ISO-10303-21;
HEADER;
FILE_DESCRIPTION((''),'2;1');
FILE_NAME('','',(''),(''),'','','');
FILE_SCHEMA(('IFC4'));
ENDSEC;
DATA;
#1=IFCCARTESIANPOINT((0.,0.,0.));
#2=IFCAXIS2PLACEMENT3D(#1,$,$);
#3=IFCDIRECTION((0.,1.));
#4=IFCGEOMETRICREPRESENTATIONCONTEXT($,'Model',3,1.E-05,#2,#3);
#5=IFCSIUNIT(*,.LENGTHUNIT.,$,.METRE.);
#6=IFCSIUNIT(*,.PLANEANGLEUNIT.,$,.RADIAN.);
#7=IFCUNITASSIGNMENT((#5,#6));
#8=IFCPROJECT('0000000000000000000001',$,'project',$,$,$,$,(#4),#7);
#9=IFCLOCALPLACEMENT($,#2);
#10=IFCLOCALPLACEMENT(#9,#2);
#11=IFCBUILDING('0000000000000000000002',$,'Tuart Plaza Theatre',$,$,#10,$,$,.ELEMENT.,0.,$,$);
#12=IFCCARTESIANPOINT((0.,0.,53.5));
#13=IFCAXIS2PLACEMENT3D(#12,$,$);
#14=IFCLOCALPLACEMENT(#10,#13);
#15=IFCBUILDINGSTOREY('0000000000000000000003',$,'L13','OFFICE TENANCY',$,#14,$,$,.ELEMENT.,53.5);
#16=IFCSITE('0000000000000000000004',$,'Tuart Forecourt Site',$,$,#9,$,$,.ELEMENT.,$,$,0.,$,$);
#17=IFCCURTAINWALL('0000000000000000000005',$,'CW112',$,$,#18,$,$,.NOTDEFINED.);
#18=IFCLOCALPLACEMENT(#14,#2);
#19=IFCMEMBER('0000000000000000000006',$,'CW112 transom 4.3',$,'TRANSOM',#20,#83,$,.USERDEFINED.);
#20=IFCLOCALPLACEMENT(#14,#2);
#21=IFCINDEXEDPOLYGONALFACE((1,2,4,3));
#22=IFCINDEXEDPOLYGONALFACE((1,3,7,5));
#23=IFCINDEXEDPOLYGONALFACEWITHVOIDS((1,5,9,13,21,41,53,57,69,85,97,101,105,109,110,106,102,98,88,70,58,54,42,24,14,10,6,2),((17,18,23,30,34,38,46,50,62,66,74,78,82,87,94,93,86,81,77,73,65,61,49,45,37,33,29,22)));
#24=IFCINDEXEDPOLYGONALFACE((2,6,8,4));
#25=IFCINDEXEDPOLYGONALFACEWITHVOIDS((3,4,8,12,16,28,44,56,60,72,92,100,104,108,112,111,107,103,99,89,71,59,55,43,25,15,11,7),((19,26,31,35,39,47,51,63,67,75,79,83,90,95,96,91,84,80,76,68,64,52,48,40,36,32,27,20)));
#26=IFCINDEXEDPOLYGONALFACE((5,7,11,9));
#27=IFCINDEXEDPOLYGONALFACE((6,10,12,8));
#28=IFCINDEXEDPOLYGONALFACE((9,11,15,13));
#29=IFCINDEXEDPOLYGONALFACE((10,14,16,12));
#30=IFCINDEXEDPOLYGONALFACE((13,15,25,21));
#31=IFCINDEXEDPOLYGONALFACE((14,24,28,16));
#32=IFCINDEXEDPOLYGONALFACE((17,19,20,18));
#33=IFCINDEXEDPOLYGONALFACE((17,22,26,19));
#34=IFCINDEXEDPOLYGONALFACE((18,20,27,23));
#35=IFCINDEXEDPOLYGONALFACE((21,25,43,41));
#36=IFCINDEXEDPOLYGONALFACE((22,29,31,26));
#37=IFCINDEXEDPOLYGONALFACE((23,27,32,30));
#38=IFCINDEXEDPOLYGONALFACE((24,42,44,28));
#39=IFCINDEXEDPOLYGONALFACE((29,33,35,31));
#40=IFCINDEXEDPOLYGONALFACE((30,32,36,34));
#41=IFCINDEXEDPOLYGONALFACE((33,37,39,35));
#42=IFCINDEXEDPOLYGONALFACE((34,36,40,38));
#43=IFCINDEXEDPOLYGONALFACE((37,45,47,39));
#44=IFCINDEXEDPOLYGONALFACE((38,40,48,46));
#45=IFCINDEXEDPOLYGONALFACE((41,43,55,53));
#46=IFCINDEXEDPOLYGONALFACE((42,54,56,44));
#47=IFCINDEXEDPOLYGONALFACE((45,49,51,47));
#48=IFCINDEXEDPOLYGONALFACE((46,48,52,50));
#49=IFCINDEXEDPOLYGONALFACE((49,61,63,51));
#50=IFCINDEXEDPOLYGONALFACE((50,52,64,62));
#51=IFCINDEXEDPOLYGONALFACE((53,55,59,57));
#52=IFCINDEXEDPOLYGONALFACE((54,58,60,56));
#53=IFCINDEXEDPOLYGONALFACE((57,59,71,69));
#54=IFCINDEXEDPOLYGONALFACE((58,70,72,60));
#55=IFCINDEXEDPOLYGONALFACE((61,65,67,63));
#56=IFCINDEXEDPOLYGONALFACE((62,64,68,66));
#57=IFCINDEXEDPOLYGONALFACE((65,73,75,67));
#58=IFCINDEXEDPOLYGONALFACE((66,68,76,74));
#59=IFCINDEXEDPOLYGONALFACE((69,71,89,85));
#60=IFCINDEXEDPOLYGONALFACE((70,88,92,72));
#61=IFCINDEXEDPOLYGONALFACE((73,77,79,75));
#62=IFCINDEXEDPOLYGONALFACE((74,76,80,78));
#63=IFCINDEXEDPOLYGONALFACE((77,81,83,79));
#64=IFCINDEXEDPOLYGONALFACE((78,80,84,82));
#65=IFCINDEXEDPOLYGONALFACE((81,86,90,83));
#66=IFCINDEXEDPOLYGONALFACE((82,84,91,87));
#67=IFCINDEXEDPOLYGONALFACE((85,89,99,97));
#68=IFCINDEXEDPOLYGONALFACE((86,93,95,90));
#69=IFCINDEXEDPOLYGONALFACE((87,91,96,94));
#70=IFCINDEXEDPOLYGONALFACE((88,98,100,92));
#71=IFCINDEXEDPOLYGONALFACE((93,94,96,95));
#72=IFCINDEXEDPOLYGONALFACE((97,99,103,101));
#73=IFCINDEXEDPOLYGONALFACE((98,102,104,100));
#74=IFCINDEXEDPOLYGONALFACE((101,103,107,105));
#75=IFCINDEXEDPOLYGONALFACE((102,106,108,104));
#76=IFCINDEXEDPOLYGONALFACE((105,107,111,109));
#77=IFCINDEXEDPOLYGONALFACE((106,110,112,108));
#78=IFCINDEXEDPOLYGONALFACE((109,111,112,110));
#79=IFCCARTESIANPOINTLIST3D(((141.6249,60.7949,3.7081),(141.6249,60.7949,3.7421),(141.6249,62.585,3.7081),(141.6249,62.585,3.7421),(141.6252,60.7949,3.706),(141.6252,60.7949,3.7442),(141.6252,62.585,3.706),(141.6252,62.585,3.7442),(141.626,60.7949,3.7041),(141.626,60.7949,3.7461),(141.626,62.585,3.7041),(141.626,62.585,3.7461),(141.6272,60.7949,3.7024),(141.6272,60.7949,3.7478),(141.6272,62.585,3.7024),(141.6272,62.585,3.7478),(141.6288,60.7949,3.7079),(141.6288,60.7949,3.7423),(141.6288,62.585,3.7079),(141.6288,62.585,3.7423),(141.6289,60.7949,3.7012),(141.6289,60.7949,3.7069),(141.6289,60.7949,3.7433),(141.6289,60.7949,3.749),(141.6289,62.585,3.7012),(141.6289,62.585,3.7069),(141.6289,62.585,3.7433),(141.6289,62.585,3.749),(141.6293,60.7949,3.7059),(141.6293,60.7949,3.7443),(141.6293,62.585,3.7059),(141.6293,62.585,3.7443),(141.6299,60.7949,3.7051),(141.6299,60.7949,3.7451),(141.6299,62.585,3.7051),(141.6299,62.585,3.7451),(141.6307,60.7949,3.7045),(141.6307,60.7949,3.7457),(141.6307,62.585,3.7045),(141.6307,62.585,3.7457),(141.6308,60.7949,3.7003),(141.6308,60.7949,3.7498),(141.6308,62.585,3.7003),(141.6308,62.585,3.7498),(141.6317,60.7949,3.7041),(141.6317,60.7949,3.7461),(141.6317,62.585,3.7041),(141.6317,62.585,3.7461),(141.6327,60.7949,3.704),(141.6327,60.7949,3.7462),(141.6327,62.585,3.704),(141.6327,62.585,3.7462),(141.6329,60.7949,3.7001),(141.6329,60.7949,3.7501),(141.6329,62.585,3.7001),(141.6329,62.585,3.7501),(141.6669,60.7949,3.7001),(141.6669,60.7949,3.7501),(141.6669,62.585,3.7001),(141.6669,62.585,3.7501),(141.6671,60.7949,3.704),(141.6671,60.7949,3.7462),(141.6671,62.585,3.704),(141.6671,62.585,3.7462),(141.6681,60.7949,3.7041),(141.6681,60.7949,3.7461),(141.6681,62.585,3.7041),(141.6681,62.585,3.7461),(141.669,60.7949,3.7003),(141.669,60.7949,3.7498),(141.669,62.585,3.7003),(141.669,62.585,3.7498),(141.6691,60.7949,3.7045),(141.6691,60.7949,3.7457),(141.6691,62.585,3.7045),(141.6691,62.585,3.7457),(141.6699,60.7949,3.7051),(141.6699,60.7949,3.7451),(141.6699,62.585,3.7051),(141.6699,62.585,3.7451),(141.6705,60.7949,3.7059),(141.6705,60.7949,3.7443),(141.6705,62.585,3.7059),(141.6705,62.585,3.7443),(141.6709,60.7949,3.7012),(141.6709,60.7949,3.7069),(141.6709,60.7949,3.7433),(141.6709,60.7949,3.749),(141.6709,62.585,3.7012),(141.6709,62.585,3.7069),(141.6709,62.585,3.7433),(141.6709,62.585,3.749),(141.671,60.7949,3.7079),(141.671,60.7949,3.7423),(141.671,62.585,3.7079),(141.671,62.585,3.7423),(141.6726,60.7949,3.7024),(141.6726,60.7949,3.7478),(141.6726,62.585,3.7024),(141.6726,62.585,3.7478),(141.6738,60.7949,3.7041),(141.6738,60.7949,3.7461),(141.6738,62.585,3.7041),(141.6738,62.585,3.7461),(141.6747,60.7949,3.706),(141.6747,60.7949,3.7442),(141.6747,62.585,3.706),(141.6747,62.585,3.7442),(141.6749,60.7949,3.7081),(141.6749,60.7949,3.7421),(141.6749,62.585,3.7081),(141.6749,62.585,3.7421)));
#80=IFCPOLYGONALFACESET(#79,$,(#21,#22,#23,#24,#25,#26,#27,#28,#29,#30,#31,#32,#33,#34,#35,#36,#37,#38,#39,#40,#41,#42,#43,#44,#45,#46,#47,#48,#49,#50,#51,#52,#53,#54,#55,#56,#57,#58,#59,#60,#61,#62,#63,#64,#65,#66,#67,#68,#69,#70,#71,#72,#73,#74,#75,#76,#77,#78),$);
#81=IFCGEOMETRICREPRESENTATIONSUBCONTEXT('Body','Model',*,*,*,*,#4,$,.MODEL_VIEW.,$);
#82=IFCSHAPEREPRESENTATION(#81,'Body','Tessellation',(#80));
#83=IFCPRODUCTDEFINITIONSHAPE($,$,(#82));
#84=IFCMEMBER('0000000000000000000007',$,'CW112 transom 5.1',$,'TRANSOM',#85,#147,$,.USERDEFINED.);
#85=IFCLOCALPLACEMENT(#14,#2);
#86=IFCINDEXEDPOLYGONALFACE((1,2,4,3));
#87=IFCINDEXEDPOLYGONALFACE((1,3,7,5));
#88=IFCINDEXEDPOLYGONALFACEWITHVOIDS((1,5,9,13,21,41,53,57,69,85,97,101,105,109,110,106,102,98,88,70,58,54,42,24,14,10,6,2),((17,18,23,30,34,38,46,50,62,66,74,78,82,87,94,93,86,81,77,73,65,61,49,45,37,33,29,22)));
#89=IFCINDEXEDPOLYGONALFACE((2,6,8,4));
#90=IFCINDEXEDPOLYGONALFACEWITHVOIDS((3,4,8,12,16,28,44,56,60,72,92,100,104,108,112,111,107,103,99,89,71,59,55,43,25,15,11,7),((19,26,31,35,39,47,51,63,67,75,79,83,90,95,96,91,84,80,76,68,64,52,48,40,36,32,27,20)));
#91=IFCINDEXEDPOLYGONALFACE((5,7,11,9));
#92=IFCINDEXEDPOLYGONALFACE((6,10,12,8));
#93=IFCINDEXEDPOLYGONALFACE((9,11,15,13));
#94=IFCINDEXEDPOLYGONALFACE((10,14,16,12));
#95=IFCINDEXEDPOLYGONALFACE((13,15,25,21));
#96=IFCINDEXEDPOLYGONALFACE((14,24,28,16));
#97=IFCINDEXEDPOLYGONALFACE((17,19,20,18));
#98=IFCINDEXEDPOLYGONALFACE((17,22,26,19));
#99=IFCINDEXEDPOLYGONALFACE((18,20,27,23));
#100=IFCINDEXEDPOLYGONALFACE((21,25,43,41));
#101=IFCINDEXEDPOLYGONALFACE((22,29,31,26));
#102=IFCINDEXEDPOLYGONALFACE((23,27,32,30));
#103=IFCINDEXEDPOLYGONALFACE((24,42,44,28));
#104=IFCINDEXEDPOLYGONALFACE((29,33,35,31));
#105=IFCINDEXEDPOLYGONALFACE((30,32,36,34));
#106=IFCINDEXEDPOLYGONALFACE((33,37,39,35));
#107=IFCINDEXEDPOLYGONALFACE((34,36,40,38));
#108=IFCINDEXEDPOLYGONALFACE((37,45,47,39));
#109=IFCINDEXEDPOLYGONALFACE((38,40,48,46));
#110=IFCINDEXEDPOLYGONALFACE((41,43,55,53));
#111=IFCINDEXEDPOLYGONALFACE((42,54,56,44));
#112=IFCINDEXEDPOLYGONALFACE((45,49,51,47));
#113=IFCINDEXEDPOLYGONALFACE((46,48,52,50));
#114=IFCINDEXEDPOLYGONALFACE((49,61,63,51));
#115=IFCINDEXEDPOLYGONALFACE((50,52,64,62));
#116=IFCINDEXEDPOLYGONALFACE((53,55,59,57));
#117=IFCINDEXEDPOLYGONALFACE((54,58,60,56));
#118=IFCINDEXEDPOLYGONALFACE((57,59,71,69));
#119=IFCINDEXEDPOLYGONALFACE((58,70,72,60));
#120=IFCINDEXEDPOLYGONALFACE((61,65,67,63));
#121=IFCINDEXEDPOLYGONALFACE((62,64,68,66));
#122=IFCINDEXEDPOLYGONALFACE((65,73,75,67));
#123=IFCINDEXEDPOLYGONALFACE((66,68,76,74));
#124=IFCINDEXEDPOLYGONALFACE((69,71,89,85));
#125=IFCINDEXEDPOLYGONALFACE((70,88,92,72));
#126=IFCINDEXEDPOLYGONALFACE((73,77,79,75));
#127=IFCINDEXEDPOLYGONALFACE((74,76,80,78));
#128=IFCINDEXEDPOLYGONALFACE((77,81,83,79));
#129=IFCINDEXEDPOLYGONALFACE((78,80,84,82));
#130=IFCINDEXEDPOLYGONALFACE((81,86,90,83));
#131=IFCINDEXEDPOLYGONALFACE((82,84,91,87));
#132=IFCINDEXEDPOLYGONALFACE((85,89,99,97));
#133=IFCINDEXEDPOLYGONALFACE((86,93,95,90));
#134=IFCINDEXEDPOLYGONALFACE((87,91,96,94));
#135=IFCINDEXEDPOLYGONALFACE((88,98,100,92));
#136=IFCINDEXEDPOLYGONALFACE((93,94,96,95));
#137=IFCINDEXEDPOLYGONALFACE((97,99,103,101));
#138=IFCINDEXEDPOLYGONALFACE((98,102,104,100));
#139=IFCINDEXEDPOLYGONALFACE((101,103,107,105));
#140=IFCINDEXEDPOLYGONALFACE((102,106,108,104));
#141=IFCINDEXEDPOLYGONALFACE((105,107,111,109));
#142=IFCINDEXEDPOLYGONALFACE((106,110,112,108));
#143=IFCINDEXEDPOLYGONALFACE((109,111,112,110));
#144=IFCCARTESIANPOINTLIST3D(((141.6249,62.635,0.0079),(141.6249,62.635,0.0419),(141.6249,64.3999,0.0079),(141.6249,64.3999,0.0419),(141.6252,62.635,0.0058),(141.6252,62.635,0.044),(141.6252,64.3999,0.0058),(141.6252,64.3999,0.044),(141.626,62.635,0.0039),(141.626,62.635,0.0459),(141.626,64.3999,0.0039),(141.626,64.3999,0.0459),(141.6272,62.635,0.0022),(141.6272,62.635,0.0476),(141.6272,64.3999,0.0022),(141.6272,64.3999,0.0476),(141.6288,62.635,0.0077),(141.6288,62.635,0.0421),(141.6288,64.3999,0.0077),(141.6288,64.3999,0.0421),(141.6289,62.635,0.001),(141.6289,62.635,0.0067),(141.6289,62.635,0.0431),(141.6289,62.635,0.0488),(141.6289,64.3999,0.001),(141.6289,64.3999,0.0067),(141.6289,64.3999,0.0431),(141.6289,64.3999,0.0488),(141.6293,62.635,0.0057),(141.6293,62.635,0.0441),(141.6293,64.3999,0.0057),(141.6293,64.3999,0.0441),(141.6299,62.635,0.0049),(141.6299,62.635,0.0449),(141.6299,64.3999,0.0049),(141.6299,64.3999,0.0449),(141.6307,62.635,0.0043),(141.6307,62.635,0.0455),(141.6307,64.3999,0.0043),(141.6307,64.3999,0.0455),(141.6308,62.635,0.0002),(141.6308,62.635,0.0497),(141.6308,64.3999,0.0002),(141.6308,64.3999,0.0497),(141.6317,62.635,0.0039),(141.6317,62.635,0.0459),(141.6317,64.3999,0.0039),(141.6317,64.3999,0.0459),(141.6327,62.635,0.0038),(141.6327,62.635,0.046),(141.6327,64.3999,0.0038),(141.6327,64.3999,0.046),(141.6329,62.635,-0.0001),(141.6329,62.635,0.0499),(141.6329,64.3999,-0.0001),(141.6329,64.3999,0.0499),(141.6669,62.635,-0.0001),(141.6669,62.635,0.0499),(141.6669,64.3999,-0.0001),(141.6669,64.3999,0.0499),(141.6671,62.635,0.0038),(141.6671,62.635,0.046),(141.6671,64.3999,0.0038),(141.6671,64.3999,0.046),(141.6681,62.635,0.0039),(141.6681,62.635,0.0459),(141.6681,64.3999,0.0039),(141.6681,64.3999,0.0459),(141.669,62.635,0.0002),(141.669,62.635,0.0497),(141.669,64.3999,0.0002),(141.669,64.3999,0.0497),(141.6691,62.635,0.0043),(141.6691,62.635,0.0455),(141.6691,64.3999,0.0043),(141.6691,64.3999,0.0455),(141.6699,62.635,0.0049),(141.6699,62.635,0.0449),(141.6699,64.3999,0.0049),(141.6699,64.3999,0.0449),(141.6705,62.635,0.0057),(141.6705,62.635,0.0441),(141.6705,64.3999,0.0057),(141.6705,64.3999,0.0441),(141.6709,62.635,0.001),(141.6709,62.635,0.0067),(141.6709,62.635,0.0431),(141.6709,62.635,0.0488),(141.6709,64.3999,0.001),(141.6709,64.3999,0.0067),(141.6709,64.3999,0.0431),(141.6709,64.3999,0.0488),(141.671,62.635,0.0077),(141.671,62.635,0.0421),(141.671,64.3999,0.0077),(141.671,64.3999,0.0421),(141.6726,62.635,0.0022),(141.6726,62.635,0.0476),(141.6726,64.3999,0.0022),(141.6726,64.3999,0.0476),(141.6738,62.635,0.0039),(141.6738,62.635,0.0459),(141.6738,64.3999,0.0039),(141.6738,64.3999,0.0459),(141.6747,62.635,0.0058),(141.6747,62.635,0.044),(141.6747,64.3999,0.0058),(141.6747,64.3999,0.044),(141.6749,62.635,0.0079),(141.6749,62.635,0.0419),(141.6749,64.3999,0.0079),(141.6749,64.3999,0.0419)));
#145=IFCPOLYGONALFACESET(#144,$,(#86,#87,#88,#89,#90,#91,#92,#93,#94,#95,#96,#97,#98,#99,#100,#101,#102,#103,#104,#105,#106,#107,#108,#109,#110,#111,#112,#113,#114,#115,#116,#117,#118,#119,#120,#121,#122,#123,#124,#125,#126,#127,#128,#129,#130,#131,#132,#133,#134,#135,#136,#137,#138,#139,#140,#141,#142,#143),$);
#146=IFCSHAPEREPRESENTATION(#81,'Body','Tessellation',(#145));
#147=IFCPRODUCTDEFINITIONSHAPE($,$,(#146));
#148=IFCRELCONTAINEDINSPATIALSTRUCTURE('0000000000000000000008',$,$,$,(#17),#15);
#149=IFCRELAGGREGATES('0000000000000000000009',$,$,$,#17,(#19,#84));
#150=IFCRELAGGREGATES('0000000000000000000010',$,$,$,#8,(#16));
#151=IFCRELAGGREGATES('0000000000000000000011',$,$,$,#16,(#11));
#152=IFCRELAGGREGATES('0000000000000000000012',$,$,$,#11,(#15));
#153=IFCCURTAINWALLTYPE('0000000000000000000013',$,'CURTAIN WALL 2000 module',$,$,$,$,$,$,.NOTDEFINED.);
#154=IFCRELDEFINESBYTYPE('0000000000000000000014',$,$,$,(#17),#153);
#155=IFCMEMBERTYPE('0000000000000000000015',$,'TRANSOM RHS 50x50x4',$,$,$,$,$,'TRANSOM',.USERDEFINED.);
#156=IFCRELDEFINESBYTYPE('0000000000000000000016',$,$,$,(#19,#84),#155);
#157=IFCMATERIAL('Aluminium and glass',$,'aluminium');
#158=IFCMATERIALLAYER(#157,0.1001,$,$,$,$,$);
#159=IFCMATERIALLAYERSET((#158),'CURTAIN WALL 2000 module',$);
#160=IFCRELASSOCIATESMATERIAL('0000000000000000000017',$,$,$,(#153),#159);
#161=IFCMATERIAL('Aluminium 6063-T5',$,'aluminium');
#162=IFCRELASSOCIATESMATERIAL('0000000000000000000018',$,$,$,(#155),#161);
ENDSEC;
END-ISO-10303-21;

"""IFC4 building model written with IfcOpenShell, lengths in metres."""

from ifc_helpers import new_model, si_unit, direction, frame, origin, origin_2d, place, context, subcontext, project, spatial, hollow_rectangle, extrude, material, layer, layer_set, material_profile, profile_set, type_object, element, aggregate, save


model = new_model("IFC4")

# Units and contexts
model_context = context("Model", 3, precision=1e-05, world=origin(), true_north=direction((0.0, 1.0)))
body_context = subcontext(model_context, "Body", "Model", "MODEL_VIEW")
ifc_project = project(units=[si_unit("LENGTHUNIT", "METRE"), si_unit("PLANEANGLEUNIT", "RADIAN")], contexts=[model_context])

# Site, building, storey
site_placement = place(None, origin())
site = spatial("IfcSite", under=ifc_project, at=site_placement, Name="Tuart Forecourt Site", CompositionType="ELEMENT", RefElevation=0.0)
building_placement = place(site_placement, origin())
building = spatial("IfcBuilding", under=site, at=building_placement, Name="Tuart Plaza Theatre", CompositionType="ELEMENT", ElevationOfRefHeight=0.0)
storey_placement = place(building_placement, frame((0.0, 0.0, 53.5)))
storey = spatial("IfcBuildingStorey", under=building, at=storey_placement, Name="L13", Description="OFFICE TENANCY", CompositionType="ELEMENT", Elevation=53.5)

# Curtain wall
ifc_material_1 = material(Name="Aluminium and glass", Category="aluminium")
ifc_layer_1 = layer(ifc_material_1, 0.1001)
ifc_layer_set_1 = layer_set([ifc_layer_1], Name="CURTAIN WALL 2000 module")
curtain_wall_type = type_object("IfcCurtainWallType", Name="CURTAIN WALL 2000 module", PredefinedType="NOTDEFINED", material=ifc_layer_set_1)
curtain_wall_1_placement = place(storey_placement, origin())
curtain_wall_1 = element("IfcCurtainWall", 1, at=curtain_wall_1_placement, inside=storey, type_object=curtain_wall_type, Name="CW112", PredefinedType="NOTDEFINED")

# Members
ifc_material_2 = material(Name="Aluminium 6063-T5", Category="aluminium")
ifc_material_profile_1 = material_profile(ifc_material_2, hollow_rectangle(XDim=0.05, YDim=0.05, WallThickness=0.0039, InnerFilletRadius=0.0039, OuterFilletRadius=0.0081, at=origin_2d()), Name="RHS 50x50x4")
ifc_profile_set_1 = profile_set([ifc_material_profile_1], Name="Aluminium 6063-T5")
member_type_1 = type_object("IfcMemberType", Name="TRANSOM RHS 50x50x4", ElementType="TRANSOM", PredefinedType="USERDEFINED", material=ifc_profile_set_1)
member_1_placement = place(storey_placement, frame((141.6499, 60.7949, 3.7251), z_axis=(0.0, 1.0, 0.0), x_axis=(-1.0, 0.0, 0.0)))
member_1 = element("IfcMember", 2, at=member_1_placement, type_object=member_type_1, Name="CW112 transom 4.3", ObjectType="TRANSOM", PredefinedType="USERDEFINED", context=body_context, shape_type="SweptSolid", body=[
    extrude(hollow_rectangle(XDim=0.05, YDim=0.05, WallThickness=0.0039, InnerFilletRadius=0.0039, OuterFilletRadius=0.0081, at=origin_2d()), origin(), (0.0, 0.0, 1.0), 1.79),
])
member_2_placement = place(storey_placement, frame((141.6499, 62.635, 0.0249), z_axis=(0.0, 1.0, 0.0), x_axis=(-1.0, 0.0, 0.0)))
member_2 = element("IfcMember", 3, at=member_2_placement, type_object=member_type_1, Name="CW112 transom 5.1", ObjectType="TRANSOM", PredefinedType="USERDEFINED", context=body_context, shape_type="SweptSolid", body=[
    extrude(hollow_rectangle(XDim=0.05, YDim=0.05, WallThickness=0.0039, InnerFilletRadius=0.0039, OuterFilletRadius=0.0081, at=origin_2d()), origin(), (0.0, 0.0, 1.0), 1.7649),
])

aggregate(curtain_wall_1, [member_1, member_2])

save(model, "model.ifc")
